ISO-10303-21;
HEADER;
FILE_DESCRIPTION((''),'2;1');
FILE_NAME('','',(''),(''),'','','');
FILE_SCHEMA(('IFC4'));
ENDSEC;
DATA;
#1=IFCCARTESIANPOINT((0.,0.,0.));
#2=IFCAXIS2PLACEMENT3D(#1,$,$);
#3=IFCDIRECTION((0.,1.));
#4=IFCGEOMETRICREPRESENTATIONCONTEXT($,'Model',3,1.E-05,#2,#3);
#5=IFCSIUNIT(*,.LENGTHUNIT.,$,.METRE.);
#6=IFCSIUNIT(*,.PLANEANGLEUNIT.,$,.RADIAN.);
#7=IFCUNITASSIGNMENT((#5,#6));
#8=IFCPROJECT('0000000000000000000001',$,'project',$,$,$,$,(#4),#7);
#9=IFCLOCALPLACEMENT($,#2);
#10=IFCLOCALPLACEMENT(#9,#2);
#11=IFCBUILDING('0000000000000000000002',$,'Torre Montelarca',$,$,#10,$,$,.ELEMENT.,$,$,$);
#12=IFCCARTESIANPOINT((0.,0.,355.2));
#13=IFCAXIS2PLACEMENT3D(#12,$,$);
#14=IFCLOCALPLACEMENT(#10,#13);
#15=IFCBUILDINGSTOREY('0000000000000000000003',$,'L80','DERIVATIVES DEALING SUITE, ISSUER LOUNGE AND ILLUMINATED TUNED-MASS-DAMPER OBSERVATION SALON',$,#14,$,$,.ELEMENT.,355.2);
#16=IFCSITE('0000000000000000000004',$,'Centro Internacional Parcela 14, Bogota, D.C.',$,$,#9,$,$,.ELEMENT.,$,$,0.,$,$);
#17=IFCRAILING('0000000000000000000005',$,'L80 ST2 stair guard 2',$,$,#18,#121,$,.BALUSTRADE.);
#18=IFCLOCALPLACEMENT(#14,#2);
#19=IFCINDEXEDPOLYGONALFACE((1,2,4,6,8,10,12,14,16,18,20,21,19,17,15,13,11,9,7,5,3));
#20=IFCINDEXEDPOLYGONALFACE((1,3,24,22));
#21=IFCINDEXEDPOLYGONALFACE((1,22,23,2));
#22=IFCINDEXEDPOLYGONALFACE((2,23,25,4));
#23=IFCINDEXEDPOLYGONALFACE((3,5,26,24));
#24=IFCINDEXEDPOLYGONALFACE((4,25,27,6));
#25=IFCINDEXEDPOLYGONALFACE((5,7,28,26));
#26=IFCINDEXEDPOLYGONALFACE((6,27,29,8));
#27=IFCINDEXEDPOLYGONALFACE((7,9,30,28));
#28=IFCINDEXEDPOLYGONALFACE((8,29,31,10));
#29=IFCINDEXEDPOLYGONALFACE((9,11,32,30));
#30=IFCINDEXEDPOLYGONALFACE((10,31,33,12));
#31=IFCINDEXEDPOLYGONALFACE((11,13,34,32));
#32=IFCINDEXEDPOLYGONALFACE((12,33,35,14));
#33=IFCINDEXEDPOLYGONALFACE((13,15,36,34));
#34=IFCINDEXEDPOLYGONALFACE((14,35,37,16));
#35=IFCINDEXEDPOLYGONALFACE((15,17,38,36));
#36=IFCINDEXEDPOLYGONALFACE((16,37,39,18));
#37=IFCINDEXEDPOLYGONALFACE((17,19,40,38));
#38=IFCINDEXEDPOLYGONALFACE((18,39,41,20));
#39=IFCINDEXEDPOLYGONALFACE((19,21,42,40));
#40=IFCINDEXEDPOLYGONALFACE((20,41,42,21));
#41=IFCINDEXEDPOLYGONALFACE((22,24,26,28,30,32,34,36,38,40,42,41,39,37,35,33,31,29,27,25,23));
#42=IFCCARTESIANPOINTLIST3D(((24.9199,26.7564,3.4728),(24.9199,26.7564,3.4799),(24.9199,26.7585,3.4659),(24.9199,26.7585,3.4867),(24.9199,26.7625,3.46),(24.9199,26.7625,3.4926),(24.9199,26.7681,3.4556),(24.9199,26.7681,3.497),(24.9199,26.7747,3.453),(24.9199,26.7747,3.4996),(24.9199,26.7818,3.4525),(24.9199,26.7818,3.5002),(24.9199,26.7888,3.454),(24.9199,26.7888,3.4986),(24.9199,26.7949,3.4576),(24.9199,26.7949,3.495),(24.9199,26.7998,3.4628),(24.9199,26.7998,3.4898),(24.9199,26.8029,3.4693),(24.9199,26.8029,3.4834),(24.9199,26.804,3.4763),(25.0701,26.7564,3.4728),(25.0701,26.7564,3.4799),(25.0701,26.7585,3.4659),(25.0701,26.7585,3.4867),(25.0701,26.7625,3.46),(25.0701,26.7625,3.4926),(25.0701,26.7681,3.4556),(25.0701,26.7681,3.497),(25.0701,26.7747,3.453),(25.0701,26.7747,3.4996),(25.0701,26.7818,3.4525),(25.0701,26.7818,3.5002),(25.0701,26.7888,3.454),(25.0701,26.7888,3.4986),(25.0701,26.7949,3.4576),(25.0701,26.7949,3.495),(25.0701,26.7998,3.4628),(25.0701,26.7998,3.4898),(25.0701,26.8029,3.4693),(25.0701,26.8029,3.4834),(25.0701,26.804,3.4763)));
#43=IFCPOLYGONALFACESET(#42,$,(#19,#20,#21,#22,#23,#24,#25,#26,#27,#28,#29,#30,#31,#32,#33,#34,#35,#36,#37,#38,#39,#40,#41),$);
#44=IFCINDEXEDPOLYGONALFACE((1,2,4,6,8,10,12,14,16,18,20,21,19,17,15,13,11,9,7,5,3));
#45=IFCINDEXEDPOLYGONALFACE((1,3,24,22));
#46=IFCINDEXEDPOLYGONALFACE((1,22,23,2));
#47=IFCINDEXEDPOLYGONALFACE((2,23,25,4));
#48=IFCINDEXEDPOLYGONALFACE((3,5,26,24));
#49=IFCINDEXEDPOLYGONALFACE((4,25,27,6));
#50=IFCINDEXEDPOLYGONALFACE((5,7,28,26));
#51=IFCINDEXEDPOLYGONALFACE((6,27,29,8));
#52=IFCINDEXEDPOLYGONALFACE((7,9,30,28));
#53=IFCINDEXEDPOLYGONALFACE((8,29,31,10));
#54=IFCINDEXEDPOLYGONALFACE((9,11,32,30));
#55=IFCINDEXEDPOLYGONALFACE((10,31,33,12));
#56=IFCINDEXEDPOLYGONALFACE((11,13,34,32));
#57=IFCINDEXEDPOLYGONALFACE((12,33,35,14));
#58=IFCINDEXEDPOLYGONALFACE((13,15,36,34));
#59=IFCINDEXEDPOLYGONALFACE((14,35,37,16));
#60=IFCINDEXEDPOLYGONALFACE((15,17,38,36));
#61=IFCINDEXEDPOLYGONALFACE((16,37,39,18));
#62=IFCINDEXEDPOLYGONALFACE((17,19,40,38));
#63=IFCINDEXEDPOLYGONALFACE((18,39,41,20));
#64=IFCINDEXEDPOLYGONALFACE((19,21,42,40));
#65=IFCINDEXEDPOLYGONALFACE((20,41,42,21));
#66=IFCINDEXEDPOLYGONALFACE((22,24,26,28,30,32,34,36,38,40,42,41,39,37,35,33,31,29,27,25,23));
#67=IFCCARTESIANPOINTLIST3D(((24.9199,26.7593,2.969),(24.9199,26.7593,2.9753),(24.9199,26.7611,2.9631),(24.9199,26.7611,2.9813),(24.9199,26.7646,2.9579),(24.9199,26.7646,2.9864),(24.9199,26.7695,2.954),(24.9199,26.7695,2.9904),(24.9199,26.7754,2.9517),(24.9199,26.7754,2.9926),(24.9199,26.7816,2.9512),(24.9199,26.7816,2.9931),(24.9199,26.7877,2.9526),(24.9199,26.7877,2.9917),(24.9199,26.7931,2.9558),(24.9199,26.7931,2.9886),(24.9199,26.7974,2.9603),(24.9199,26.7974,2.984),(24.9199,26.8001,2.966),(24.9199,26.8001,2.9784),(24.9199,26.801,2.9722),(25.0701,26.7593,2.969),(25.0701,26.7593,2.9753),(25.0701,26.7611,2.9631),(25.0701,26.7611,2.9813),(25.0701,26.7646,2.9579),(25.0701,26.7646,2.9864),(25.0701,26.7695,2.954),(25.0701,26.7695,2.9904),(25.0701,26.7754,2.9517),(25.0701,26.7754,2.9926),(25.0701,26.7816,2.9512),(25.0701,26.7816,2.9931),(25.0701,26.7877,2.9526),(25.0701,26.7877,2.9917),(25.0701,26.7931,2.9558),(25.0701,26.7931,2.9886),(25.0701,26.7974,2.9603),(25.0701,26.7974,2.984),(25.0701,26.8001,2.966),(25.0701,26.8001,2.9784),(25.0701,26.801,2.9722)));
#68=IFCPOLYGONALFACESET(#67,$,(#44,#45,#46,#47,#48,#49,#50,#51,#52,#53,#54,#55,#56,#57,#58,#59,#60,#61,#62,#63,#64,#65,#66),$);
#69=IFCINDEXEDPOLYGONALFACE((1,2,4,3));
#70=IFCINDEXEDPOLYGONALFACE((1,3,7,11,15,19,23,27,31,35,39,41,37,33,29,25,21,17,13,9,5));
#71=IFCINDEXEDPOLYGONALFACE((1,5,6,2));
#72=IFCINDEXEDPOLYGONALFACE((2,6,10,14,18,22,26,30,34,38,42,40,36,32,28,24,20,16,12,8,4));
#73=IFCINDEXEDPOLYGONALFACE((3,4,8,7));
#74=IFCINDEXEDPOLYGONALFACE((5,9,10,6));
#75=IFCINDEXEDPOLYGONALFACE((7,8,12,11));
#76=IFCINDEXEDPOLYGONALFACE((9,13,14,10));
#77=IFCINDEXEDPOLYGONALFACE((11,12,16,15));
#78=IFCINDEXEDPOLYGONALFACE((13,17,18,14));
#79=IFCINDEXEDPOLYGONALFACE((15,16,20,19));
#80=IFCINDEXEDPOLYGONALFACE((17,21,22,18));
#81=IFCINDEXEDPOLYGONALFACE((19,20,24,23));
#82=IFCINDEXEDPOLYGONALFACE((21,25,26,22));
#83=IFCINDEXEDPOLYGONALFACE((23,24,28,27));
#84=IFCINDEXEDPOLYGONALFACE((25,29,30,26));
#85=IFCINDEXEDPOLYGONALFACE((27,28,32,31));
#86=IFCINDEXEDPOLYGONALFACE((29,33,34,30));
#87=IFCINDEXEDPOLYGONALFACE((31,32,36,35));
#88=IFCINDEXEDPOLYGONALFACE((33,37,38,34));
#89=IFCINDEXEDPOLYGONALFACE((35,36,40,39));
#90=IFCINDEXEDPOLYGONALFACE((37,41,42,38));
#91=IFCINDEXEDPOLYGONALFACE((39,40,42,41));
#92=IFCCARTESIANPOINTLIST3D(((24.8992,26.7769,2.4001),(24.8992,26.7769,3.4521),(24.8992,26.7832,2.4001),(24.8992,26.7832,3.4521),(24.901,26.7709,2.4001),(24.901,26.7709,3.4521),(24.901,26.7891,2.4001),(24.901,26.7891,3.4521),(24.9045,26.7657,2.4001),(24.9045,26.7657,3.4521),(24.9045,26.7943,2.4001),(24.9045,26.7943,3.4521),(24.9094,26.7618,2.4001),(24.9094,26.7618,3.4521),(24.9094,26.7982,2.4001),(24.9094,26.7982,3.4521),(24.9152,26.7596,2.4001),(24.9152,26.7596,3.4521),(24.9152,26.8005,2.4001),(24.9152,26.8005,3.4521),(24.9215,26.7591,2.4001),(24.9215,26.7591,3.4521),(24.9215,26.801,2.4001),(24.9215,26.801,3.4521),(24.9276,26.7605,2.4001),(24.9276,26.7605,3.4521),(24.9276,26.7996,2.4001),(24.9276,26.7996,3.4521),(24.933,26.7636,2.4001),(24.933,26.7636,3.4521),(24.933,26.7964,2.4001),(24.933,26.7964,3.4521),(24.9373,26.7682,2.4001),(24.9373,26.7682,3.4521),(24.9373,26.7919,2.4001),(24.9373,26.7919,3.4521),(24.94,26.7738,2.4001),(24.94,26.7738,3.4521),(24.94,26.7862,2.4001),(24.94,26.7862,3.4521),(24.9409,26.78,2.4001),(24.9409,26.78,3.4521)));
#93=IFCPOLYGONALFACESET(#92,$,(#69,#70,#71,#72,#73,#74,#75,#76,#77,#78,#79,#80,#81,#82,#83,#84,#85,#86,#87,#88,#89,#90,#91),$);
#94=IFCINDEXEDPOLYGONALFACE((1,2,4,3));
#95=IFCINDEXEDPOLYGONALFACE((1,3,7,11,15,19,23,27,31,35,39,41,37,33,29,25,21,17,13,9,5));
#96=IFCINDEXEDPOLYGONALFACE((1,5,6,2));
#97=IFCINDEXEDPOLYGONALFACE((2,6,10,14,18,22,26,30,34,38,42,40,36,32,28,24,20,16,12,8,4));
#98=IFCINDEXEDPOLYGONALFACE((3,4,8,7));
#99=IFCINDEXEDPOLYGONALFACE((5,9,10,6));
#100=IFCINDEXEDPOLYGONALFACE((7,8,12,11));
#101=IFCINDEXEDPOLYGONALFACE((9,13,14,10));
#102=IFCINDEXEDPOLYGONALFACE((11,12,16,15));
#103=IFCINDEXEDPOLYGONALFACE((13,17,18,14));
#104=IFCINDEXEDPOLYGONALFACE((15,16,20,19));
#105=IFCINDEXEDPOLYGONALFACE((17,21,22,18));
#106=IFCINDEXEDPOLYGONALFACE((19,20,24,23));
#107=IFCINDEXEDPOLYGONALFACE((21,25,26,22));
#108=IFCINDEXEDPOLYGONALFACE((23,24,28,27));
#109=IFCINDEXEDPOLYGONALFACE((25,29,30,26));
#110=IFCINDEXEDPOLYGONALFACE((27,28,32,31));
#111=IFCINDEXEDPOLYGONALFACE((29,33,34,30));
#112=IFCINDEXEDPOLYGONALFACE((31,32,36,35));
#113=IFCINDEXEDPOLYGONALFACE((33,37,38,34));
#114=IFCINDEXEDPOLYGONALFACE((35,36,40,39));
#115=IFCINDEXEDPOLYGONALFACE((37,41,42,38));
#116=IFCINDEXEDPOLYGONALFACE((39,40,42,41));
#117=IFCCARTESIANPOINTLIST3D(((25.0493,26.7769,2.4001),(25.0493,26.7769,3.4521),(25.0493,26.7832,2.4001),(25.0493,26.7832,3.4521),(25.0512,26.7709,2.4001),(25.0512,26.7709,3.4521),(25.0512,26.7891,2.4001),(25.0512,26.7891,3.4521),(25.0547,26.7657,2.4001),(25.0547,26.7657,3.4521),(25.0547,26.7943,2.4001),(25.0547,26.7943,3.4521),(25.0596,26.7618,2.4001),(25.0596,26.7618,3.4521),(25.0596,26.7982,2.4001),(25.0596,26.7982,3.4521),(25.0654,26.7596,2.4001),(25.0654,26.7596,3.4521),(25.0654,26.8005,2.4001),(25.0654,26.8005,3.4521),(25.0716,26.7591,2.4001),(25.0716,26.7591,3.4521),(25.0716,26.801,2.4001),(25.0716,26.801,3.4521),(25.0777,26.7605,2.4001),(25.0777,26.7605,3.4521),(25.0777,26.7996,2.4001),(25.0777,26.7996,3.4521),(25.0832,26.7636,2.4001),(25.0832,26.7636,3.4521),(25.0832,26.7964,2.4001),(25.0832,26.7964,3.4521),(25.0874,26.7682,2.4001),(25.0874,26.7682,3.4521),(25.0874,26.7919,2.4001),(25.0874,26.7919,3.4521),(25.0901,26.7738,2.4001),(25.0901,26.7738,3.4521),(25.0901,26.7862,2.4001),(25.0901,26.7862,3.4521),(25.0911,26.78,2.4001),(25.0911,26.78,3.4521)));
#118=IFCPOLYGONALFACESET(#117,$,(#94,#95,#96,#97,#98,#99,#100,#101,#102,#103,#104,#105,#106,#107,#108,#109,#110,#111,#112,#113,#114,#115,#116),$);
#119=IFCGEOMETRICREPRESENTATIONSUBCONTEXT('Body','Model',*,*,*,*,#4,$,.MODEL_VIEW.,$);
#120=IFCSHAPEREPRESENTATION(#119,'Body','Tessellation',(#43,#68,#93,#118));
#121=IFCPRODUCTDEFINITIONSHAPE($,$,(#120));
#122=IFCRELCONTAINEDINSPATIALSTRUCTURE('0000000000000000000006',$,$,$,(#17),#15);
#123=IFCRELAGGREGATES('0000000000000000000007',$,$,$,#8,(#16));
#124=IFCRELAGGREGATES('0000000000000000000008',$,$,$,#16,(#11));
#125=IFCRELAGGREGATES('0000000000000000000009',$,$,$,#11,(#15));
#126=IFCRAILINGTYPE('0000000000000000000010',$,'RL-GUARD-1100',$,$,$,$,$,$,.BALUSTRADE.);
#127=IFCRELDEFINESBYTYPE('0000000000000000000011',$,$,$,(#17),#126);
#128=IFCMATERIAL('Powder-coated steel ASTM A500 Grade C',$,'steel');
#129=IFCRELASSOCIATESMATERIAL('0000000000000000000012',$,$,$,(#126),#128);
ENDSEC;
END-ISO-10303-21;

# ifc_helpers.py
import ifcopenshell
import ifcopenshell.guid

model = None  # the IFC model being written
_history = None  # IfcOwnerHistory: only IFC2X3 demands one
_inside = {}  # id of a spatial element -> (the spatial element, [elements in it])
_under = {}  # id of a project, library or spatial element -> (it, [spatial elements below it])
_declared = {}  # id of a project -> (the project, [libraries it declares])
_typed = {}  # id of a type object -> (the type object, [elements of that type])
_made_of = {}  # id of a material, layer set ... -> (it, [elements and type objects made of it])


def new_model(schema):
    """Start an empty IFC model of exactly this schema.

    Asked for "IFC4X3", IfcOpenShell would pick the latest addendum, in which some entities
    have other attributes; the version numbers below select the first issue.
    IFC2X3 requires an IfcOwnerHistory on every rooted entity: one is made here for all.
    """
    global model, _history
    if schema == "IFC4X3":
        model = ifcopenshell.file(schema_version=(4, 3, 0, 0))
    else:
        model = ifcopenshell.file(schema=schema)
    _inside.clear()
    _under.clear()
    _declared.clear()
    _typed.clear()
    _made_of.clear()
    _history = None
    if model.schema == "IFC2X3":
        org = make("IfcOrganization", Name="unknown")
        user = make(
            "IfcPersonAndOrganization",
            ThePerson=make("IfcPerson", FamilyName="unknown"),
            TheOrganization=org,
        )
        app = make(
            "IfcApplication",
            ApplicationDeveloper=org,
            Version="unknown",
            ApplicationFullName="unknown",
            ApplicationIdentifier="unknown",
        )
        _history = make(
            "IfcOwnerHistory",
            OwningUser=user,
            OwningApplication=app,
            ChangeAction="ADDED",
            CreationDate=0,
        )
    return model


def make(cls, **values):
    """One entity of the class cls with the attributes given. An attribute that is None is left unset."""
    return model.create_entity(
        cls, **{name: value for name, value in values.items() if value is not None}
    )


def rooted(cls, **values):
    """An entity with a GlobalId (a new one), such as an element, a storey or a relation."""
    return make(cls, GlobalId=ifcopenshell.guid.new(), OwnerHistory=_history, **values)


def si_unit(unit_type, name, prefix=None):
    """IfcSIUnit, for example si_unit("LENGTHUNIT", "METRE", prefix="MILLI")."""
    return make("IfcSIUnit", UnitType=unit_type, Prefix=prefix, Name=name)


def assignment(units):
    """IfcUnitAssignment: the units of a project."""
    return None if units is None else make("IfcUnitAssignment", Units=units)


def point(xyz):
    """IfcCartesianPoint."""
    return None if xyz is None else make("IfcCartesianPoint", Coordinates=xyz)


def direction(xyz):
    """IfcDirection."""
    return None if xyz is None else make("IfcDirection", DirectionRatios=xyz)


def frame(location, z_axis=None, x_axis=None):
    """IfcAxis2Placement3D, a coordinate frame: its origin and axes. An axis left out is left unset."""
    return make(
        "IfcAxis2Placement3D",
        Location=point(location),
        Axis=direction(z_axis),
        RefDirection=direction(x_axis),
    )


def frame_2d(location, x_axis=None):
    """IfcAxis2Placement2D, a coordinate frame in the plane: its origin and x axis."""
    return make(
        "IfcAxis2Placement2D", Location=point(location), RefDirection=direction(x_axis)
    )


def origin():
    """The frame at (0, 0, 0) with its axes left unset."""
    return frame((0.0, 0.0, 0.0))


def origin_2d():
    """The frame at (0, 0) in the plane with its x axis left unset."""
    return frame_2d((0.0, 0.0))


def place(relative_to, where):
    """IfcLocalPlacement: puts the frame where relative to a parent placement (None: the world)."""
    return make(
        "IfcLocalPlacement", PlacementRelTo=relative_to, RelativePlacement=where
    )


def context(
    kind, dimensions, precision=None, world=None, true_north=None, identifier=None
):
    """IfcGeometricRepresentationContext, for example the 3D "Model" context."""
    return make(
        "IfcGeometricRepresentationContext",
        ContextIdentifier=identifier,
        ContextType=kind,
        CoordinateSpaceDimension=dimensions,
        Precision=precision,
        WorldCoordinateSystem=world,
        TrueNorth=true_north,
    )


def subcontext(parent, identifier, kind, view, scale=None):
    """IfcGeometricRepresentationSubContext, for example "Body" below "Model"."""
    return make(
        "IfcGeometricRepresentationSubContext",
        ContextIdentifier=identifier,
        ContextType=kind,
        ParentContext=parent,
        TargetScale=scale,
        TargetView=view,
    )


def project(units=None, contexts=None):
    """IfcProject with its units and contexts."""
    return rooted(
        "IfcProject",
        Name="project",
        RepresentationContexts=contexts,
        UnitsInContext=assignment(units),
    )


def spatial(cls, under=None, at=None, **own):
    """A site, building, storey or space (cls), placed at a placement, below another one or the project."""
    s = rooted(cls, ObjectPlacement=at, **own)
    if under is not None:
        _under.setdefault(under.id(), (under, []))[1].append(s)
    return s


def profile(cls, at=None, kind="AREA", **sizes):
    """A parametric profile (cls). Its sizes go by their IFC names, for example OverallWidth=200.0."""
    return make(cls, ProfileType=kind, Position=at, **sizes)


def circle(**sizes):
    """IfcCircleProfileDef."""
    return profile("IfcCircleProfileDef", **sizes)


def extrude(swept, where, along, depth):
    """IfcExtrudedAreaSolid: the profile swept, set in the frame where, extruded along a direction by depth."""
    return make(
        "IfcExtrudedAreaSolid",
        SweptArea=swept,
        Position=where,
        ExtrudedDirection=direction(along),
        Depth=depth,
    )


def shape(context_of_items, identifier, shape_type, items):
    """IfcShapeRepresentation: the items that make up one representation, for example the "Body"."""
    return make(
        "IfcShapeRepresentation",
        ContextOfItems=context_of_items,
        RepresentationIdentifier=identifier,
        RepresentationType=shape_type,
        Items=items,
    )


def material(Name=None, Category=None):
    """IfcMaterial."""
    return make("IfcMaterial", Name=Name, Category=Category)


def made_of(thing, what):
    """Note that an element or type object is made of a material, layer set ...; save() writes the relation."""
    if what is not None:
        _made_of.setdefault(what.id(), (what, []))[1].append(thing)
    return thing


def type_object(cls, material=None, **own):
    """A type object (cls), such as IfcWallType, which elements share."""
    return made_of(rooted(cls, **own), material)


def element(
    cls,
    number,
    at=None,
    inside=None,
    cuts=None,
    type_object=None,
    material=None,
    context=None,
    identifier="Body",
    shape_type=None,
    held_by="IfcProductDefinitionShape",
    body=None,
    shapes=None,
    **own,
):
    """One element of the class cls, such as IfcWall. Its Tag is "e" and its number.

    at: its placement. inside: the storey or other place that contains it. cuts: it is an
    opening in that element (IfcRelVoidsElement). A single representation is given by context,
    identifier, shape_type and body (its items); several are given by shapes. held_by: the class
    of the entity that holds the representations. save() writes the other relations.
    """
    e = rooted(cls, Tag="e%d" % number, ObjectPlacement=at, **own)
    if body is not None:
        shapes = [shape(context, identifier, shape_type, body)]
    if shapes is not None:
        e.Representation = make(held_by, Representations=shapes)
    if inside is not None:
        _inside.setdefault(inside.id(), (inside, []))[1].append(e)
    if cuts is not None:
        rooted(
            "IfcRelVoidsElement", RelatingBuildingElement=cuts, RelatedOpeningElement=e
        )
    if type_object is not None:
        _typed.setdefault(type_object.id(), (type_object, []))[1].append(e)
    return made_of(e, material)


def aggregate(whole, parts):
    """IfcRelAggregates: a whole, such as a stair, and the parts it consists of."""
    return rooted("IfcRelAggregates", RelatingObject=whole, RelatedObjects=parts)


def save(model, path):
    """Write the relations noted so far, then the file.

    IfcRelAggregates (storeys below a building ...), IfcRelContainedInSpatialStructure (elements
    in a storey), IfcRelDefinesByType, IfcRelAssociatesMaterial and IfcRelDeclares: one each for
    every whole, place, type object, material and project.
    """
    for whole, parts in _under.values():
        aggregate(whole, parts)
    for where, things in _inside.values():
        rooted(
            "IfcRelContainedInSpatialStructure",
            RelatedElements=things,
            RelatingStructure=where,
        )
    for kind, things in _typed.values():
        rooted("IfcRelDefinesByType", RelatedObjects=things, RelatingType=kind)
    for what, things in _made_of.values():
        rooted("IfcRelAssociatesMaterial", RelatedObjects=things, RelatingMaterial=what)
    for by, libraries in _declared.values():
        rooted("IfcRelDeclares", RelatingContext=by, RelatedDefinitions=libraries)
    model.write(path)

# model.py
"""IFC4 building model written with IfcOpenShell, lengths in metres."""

from ifc_helpers import new_model, si_unit, direction, frame, origin, origin_2d, place, context, subcontext, project, spatial, circle, extrude, material, type_object, element, save


model = new_model("IFC4")

# Units and contexts
model_context = context("Model", 3, precision=1e-05, world=origin(), true_north=direction((0.0, 1.0)))
body_context = subcontext(model_context, "Body", "Model", "MODEL_VIEW")
ifc_project = project(units=[si_unit("LENGTHUNIT", "METRE"), si_unit("PLANEANGLEUNIT", "RADIAN")], contexts=[model_context])

# Site, building, storey
site_placement = place(None, origin())
site = spatial("IfcSite", under=ifc_project, at=site_placement, Name="Centro Internacional Parcela 14, Bogota, D.C.", CompositionType="ELEMENT", RefElevation=0.0)
building_placement = place(site_placement, origin())
building = spatial("IfcBuilding", under=site, at=building_placement, Name="Torre Montelarca", CompositionType="ELEMENT")
storey_placement = place(building_placement, frame((0.0, 0.0, 355.2)))
storey = spatial("IfcBuildingStorey", under=building, at=storey_placement, Name="L80", Description="DERIVATIVES DEALING SUITE, ISSUER LOUNGE AND ILLUMINATED TUNED-MASS-DAMPER OBSERVATION SALON", CompositionType="ELEMENT", Elevation=355.2)

# Railing
ifc_material_1 = material(Name="Powder-coated steel ASTM A500 Grade C", Category="steel")
railing_type_1 = type_object("IfcRailingType", Name="RL-GUARD-1100", PredefinedType="BALUSTRADE", material=ifc_material_1)
railing_1_placement = place(storey_placement, frame((24.9199, 26.78, 2.4001)))
element("IfcRailing", 1, at=railing_1_placement, inside=storey, type_object=railing_type_1, Name="L80 ST2 stair guard 2", PredefinedType="BALUSTRADE", context=body_context, shape_type="SweptSolid", body=[
    extrude(circle(Radius=0.0239, at=origin_2d()), frame((0.0, 0.0, 1.0762), z_axis=(1.0, 0.0, 0.0), x_axis=(0.0, 1.0, 0.0)), (0.0, 0.0, 1.0), 0.1501),
    extrude(circle(Radius=0.021, at=origin_2d()), frame((0.0, 0.0, 0.572), z_axis=(1.0, 0.0, 0.0), x_axis=(0.0, 1.0, 0.0)), (0.0, 0.0, 1.0), 0.1501),
    extrude(circle(Radius=0.021, at=origin_2d()), origin(), (0.0, 0.0, 1.0), 1.052),
    extrude(circle(Radius=0.021, at=origin_2d()), frame((0.1501, 0.0, 0.0)), (0.0, 0.0, 1.0), 1.052),
])

save(model, "model.ifc")
